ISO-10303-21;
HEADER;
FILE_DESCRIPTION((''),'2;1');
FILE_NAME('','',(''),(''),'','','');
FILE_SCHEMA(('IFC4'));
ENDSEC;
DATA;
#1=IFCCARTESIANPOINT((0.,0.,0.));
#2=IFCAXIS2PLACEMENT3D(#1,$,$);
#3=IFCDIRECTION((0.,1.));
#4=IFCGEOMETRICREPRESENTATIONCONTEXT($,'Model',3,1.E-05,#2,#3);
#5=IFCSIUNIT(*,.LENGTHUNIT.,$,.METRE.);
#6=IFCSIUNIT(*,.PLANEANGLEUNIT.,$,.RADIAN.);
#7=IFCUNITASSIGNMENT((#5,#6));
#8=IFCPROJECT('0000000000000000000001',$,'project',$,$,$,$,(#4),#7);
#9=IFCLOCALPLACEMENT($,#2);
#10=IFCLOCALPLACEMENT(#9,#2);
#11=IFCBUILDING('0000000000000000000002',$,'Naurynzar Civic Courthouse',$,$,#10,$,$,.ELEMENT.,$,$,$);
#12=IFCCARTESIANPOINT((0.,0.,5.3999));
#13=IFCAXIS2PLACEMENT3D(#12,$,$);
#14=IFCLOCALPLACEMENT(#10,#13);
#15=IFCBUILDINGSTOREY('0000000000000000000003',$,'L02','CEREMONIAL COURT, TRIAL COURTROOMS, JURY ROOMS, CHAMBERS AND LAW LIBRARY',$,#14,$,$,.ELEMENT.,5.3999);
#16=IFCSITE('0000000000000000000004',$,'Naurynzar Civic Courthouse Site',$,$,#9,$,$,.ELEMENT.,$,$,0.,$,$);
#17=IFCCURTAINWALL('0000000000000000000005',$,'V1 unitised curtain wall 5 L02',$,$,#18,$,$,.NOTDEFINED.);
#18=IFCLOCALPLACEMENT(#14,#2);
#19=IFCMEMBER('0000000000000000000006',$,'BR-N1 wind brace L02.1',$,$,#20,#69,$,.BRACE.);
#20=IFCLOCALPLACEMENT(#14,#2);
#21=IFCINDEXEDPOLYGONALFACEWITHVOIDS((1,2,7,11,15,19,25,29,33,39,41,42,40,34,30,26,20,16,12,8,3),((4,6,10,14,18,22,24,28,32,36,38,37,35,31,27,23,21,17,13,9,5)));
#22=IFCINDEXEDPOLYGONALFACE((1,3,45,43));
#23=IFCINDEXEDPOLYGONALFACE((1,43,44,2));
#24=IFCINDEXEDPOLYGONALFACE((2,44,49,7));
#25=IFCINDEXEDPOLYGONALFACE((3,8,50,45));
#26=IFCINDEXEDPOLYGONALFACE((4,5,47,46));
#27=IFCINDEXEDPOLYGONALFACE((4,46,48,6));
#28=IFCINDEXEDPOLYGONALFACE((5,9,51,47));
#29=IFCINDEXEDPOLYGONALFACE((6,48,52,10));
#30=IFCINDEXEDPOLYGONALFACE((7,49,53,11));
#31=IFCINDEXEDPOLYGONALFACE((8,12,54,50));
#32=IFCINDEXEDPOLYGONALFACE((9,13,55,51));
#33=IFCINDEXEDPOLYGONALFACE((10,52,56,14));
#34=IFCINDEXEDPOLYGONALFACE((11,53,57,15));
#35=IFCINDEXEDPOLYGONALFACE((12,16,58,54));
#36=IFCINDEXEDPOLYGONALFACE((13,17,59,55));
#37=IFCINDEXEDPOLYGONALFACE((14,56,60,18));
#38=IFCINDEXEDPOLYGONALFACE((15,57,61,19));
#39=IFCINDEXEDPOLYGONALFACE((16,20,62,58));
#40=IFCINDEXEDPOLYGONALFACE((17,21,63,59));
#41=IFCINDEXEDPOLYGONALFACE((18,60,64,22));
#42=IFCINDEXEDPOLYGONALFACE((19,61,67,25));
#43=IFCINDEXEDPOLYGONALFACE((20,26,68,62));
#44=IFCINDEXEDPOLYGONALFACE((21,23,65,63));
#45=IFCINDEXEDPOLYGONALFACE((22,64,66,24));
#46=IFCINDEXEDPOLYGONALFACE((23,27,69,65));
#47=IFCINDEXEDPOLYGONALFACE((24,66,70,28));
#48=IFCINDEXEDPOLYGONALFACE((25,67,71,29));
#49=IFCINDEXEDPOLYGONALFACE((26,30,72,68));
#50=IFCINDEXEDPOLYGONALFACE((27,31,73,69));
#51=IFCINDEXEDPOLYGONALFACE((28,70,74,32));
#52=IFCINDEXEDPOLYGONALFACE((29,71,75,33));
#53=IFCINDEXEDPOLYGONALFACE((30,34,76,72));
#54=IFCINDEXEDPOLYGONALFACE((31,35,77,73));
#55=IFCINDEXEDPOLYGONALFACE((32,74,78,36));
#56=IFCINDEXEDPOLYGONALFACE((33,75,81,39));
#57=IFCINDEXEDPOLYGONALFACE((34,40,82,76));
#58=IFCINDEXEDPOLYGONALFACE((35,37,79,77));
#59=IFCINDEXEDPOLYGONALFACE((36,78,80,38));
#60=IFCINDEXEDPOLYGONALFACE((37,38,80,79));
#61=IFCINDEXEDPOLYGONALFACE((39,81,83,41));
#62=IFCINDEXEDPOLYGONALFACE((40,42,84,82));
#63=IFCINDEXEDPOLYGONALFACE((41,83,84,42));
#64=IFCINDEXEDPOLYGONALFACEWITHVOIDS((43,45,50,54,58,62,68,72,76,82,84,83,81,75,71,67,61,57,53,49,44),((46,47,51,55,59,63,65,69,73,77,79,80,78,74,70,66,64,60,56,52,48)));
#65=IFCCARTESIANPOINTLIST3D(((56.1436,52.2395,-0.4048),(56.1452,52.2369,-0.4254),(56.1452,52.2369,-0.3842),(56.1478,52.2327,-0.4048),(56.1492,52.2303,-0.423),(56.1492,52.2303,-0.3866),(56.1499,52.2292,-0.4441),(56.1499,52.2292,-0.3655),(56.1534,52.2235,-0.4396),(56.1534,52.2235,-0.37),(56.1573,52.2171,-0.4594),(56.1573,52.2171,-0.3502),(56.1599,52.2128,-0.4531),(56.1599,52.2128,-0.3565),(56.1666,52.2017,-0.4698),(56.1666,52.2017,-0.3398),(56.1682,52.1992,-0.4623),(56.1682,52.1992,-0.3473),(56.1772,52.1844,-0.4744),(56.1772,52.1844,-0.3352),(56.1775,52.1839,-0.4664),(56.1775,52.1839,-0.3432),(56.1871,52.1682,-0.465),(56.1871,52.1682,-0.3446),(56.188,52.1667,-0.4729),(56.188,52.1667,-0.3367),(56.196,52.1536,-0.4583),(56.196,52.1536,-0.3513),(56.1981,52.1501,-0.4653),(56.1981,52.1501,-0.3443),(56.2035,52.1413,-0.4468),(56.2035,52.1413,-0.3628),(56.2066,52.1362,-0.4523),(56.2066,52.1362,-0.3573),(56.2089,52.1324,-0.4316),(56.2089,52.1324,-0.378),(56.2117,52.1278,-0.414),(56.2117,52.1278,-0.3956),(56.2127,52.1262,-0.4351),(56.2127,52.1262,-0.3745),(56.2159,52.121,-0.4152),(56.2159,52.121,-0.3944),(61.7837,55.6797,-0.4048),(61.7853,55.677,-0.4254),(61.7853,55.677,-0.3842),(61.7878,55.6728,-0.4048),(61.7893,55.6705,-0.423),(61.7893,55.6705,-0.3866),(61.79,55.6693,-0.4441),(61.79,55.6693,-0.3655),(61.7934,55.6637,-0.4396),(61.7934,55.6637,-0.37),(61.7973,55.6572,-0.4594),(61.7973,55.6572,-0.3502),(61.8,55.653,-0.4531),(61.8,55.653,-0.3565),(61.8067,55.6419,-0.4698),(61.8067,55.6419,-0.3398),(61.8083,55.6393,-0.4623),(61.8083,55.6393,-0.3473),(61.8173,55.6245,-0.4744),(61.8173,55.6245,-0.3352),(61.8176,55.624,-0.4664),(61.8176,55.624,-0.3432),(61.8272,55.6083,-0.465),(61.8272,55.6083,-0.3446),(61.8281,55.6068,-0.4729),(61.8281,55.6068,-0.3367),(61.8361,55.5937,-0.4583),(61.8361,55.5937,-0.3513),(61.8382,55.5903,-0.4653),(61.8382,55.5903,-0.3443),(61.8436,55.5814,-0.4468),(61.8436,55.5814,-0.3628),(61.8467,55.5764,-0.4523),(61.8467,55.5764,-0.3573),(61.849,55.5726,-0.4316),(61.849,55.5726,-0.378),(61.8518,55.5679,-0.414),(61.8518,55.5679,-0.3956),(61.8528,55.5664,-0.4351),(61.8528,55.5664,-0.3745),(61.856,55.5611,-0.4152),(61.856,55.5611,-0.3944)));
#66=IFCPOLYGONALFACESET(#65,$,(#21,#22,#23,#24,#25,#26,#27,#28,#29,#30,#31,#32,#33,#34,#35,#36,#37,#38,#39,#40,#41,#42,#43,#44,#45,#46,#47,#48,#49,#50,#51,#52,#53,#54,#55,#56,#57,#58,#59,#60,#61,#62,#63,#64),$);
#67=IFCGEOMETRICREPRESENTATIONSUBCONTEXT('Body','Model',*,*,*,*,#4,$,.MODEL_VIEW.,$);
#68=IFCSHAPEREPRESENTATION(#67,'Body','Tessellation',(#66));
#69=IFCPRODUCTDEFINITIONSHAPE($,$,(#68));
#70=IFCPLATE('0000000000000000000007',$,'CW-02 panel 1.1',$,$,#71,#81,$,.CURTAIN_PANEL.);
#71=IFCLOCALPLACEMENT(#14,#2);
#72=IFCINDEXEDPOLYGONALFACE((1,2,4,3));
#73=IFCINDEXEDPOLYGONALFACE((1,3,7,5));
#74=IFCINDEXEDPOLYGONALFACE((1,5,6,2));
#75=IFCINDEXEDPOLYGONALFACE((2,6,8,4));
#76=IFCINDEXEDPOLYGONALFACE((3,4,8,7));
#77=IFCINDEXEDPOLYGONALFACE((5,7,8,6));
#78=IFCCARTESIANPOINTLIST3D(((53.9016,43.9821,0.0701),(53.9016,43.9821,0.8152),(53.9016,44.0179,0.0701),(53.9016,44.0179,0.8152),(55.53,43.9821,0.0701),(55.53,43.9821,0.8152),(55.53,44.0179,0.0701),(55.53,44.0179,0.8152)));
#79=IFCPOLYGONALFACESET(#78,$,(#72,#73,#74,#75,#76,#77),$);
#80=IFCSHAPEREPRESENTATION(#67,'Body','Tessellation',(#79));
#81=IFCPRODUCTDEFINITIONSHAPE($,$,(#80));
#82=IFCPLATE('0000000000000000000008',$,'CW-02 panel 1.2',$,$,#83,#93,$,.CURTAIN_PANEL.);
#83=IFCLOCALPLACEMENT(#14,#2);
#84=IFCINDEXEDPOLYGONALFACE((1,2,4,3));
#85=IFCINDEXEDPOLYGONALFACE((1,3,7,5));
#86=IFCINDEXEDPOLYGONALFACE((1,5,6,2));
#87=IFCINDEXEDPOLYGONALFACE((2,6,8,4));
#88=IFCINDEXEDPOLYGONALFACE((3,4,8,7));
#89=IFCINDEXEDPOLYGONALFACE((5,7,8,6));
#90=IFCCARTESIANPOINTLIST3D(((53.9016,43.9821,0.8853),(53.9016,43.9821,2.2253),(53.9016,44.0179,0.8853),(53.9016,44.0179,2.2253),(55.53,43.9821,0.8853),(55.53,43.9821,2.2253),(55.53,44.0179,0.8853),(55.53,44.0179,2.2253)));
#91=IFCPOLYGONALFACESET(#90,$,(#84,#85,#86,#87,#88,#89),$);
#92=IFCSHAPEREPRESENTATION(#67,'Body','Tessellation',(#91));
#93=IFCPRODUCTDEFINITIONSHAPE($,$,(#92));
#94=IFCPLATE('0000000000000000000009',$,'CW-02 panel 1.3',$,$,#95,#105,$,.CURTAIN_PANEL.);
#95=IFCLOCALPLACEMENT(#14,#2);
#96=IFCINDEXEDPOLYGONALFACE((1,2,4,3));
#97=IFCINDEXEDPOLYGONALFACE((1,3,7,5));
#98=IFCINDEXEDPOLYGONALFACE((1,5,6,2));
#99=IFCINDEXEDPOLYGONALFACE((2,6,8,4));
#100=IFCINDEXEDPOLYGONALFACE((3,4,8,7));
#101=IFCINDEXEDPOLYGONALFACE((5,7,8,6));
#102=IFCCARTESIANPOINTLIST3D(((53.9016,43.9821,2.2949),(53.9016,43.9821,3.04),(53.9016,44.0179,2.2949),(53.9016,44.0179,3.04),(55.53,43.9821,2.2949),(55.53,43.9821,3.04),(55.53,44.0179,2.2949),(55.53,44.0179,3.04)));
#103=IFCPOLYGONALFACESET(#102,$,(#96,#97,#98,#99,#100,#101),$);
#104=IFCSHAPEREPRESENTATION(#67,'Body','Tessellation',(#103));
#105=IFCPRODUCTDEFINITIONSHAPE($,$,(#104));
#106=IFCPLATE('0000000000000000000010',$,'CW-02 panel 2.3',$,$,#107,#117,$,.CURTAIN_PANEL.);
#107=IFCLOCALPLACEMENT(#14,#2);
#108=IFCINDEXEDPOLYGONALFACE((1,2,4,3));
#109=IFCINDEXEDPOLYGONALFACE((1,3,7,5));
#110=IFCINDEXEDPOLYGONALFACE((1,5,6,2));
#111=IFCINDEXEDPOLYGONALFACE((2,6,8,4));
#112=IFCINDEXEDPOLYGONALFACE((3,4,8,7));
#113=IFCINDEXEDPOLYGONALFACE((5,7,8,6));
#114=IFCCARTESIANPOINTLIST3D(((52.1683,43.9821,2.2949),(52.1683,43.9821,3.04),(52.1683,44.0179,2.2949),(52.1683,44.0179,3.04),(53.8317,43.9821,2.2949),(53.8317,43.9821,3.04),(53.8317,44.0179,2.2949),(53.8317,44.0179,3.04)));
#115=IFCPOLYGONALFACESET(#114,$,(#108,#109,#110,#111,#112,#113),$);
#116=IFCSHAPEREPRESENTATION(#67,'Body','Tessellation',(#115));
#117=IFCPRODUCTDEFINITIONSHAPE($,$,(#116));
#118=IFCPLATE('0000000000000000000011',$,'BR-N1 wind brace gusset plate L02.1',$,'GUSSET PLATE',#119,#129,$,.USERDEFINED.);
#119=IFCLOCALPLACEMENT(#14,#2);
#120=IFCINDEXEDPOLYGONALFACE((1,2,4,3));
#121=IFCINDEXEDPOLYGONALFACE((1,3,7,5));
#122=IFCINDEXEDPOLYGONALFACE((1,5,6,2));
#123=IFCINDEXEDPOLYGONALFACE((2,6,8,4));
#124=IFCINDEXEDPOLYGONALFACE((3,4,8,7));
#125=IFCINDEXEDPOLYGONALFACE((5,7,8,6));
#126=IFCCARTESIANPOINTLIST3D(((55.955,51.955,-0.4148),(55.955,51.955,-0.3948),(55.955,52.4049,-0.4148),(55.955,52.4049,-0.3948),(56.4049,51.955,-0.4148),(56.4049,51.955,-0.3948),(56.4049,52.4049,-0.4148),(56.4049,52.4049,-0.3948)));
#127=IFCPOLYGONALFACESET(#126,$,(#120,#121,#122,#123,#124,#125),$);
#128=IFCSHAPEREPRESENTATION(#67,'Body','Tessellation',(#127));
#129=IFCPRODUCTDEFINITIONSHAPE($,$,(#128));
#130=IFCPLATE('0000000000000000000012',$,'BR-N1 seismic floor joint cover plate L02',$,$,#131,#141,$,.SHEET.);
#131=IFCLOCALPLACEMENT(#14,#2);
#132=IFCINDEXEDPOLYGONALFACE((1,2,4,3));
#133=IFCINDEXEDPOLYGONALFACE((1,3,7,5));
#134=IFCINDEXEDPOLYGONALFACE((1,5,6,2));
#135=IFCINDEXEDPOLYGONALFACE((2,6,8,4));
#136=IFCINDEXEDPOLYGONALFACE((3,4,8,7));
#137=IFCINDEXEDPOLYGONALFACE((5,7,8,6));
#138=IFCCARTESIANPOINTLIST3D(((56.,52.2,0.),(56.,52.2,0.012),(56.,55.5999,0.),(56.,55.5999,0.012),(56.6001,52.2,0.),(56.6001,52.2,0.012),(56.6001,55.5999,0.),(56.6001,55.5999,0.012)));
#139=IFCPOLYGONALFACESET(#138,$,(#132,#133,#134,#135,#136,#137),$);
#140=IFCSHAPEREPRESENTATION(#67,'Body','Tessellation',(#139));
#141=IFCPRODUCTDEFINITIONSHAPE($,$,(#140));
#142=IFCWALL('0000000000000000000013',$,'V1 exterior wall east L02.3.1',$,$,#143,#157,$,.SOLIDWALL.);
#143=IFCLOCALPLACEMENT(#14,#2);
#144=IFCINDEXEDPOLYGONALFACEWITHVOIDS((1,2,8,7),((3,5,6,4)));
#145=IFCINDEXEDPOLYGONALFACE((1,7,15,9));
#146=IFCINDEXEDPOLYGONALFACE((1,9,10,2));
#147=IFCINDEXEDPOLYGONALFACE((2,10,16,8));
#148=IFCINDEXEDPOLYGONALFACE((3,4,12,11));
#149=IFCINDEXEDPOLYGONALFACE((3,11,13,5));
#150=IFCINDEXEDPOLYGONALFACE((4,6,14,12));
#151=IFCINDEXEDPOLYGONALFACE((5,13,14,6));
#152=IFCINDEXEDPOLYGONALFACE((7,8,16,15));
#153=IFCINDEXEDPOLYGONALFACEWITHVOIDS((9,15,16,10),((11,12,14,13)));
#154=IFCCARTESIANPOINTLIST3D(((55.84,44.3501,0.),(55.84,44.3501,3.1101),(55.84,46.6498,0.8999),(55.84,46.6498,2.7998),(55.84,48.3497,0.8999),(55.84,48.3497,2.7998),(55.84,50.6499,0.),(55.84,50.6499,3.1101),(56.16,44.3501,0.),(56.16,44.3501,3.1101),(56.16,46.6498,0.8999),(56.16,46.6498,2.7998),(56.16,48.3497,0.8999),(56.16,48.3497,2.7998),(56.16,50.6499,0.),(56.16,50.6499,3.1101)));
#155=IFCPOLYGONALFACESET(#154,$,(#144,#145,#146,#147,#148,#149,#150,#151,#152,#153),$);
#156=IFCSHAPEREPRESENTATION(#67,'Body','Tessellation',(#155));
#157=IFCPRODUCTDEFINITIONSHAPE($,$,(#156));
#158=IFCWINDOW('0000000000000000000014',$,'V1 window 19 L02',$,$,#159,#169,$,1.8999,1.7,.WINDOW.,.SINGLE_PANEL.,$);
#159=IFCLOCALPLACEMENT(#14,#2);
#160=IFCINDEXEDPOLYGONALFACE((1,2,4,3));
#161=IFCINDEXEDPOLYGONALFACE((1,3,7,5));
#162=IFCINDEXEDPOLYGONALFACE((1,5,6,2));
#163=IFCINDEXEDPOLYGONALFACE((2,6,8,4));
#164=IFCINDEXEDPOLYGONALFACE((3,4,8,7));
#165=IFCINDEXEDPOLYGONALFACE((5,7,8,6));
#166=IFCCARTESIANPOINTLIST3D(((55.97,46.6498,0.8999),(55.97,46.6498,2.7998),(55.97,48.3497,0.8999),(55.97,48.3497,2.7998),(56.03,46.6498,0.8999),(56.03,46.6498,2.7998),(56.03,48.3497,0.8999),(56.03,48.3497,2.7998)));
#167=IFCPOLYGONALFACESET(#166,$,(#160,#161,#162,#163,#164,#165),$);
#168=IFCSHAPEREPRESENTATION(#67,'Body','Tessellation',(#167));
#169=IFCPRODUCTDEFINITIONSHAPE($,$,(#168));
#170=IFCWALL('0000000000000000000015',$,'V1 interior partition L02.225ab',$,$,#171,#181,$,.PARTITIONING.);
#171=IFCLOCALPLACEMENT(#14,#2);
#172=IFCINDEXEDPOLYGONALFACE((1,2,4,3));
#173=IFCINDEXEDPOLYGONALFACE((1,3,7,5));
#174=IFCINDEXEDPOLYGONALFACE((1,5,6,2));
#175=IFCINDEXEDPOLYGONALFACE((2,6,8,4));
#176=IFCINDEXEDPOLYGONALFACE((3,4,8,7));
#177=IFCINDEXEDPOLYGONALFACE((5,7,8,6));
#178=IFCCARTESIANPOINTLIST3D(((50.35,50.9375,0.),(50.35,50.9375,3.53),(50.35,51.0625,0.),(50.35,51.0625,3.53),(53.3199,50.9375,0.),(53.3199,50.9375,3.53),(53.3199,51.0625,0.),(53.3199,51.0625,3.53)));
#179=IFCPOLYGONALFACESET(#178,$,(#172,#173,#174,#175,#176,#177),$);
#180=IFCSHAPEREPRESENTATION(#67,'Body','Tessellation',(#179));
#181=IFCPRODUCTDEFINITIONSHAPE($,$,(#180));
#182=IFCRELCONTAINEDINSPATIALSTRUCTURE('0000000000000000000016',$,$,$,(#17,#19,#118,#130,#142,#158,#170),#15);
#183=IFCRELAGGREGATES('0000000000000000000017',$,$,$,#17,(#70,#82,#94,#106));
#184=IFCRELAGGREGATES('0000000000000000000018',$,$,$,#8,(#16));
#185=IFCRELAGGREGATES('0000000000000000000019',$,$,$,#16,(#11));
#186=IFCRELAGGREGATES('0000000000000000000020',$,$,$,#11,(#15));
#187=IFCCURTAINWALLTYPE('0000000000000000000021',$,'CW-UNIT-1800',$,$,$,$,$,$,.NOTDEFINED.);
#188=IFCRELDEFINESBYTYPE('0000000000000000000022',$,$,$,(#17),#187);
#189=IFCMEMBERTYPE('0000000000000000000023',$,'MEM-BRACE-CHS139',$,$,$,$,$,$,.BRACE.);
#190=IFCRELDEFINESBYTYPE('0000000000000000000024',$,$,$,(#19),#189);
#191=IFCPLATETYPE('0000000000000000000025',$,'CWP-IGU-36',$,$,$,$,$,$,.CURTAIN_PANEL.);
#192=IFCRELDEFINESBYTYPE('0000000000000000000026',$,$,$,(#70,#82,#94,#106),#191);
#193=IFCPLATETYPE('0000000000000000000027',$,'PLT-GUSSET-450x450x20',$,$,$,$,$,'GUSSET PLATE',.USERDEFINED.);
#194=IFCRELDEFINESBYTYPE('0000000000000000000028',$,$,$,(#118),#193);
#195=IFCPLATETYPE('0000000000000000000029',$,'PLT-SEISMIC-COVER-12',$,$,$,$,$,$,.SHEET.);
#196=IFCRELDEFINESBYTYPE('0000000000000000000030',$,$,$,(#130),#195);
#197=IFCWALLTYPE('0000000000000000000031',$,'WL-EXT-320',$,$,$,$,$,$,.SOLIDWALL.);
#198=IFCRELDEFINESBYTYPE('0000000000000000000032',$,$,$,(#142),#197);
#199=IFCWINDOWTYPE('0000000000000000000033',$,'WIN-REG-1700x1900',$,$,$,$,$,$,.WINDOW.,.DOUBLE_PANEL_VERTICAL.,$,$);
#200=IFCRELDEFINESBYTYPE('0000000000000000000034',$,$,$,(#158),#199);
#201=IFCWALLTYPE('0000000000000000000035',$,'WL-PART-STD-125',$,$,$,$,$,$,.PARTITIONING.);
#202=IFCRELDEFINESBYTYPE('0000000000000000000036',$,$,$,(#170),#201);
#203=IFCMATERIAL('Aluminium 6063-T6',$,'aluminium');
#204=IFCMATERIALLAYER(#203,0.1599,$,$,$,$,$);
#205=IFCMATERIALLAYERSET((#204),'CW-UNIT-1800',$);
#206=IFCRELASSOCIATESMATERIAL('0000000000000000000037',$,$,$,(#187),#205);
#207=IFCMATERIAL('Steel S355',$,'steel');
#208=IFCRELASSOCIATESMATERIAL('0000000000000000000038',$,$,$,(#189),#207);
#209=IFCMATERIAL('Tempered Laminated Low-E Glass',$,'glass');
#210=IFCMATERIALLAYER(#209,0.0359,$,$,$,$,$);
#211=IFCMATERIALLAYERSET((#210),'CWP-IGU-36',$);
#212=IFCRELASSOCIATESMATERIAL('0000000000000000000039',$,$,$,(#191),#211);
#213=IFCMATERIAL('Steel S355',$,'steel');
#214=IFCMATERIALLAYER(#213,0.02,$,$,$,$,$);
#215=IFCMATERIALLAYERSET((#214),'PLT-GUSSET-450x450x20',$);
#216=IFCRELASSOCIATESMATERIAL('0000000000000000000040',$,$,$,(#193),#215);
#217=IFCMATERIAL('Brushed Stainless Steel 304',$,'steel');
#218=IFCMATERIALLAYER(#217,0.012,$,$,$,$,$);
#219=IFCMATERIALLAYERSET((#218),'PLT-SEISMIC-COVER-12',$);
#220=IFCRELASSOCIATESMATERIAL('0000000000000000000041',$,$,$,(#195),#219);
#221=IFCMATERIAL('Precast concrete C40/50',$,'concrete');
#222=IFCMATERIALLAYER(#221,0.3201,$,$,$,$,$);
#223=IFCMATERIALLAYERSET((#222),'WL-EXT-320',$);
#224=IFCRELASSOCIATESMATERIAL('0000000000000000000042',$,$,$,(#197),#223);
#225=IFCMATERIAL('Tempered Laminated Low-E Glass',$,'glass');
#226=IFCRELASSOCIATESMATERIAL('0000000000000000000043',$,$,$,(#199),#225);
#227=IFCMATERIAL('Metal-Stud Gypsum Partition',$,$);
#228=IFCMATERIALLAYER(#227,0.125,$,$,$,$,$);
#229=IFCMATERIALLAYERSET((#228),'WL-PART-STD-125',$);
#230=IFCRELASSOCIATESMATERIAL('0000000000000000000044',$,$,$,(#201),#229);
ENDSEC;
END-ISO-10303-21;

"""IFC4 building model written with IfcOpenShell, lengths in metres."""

from ifc_helpers import new_model, si_unit, direction, frame, frame_2d, origin, origin_2d, place, context, subcontext, project, spatial, rectangle, hollow_circle, extrude, material, layer, layer_set, material_profile, profile_set, type_object, element, fill, aggregate, save


model = new_model("IFC4")

# Units and contexts
model_context = context("Model", 3, precision=1e-05, world=origin(), true_north=direction((0.0, 1.0)))
body_context = subcontext(model_context, "Body", "Model", "MODEL_VIEW")
ifc_project = project(units=[si_unit("LENGTHUNIT", "METRE"), si_unit("PLANEANGLEUNIT", "RADIAN")], contexts=[model_context])

# Site, building, storey
site_placement = place(None, origin())
site = spatial("IfcSite", under=ifc_project, at=site_placement, Name="Naurynzar Civic Courthouse Site", CompositionType="ELEMENT", RefElevation=0.0)
building_placement = place(site_placement, origin())
building = spatial("IfcBuilding", under=site, at=building_placement, Name="Naurynzar Civic Courthouse", CompositionType="ELEMENT")
storey_placement = place(building_placement, frame((0.0, 0.0, 5.3999)))
storey = spatial("IfcBuildingStorey", under=building, at=storey_placement, Name="L02", Description="CEREMONIAL COURT, TRIAL COURTROOMS, JURY ROOMS, CHAMBERS AND LAW LIBRARY", CompositionType="ELEMENT", Elevation=5.3999)

# Curtain wall
ifc_material_1 = material(Name="Aluminium 6063-T6", Category="aluminium")
ifc_layer_1 = layer(ifc_material_1, 0.1599)
ifc_layer_set_1 = layer_set([ifc_layer_1], Name="CW-UNIT-1800")
curtain_wall_type_1 = type_object("IfcCurtainWallType", Name="CW-UNIT-1800", PredefinedType="NOTDEFINED", material=ifc_layer_set_1)
curtain_wall_1_placement = place(storey_placement, origin())
curtain_wall_1 = element("IfcCurtainWall", 1, at=curtain_wall_1_placement, inside=storey, type_object=curtain_wall_type_1, Name="V1 unitised curtain wall 5 L02", PredefinedType="NOTDEFINED")

# Member
ifc_material_2 = material(Name="Steel S355", Category="steel")
ifc_material_profile_1 = material_profile(ifc_material_2, hollow_circle(Radius=0.0698, WallThickness=0.0081, at=origin_2d()), Name="CHS 139.7x8")
ifc_profile_set_1 = profile_set([ifc_material_profile_1], Name="Steel S355")
member_type_1 = type_object("IfcMemberType", Name="MEM-BRACE-CHS139", PredefinedType="BRACE", material=ifc_profile_set_1)
member_1_placement = place(storey_placement, frame((56.1799, 52.1799, -0.4048), z_axis=(0.853724, 0.520726, 0.0), x_axis=(-0.520726, 0.853724, 0.0)))
element("IfcMember", 2, at=member_1_placement, inside=storey, type_object=member_type_1, Name="BR-N1 wind brace L02.1", PredefinedType="BRACE", context=body_context, shape_type="SweptSolid", body=[
    extrude(hollow_circle(Radius=0.0698, WallThickness=0.0081, at=origin_2d()), origin(), (0.0, 0.0, 1.0), 6.6064),
])

# Plates
ifc_material_3 = material(Name="Tempered Laminated Low-E Glass", Category="glass")
ifc_layer_2 = layer(ifc_material_3, 0.0359)
ifc_layer_set_2 = layer_set([ifc_layer_2], Name="CWP-IGU-36")
plate_type_1 = type_object("IfcPlateType", Name="CWP-IGU-36", PredefinedType="CURTAIN_PANEL", material=ifc_layer_set_2)
plate_1_placement = place(storey_placement, frame((54.7158, 44.0, 0.0701), z_axis=(0.0, 0.0, 1.0), x_axis=(-1.0, 0.0, 0.0)))
plate_1 = element("IfcPlate", 3, at=plate_1_placement, type_object=plate_type_1, Name="CW-02 panel 1.1", PredefinedType="CURTAIN_PANEL", context=body_context, shape_type="SweptSolid", body=[
    extrude(rectangle(XDim=1.6284, YDim=0.0359, at=origin_2d()), origin(), (0.0, 0.0, 1.0), 0.7451),
])
plate_2_placement = place(storey_placement, frame((54.7158, 44.0, 0.8853), z_axis=(0.0, 0.0, 1.0), x_axis=(-1.0, 0.0, 0.0)))
plate_2 = element("IfcPlate", 4, at=plate_2_placement, type_object=plate_type_1, Name="CW-02 panel 1.2", PredefinedType="CURTAIN_PANEL", context=body_context, shape_type="SweptSolid", body=[
    extrude(rectangle(XDim=1.6284, YDim=0.0359, at=origin_2d()), origin(), (0.0, 0.0, 1.0), 1.3401),
])
plate_3_placement = place(storey_placement, frame((54.7158, 44.0, 2.2949), z_axis=(0.0, 0.0, 1.0), x_axis=(-1.0, 0.0, 0.0)))
plate_3 = element("IfcPlate", 5, at=plate_3_placement, type_object=plate_type_1, Name="CW-02 panel 1.3", PredefinedType="CURTAIN_PANEL", context=body_context, shape_type="SweptSolid", body=[
    extrude(rectangle(XDim=1.6284, YDim=0.0359, at=origin_2d()), origin(), (0.0, 0.0, 1.0), 0.7451),
])
plate_4_placement = place(storey_placement, frame((53.0, 44.0, 2.2949), z_axis=(0.0, 0.0, 1.0), x_axis=(-1.0, 0.0, 0.0)))
plate_4 = element("IfcPlate", 6, at=plate_4_placement, type_object=plate_type_1, Name="CW-02 panel 2.3", PredefinedType="CURTAIN_PANEL", context=body_context, shape_type="SweptSolid", body=[
    extrude(rectangle(XDim=1.6633, YDim=0.0359, at=origin_2d()), origin(), (0.0, 0.0, 1.0), 0.7451),
])
aggregate(curtain_wall_1, [plate_1, plate_2, plate_3, plate_4])

# Plates
ifc_material_4 = material(Name="Steel S355", Category="steel")
ifc_layer_3 = layer(ifc_material_4, 0.02)
ifc_layer_set_3 = layer_set([ifc_layer_3], Name="PLT-GUSSET-450x450x20")
plate_type_2 = type_object("IfcPlateType", Name="PLT-GUSSET-450x450x20", ElementType="GUSSET PLATE", PredefinedType="USERDEFINED", material=ifc_layer_set_3)
plate_5_placement = place(storey_placement, frame((56.1799, 52.1799, -0.4148), z_axis=(0.0, 0.0, 1.0), x_axis=(1.0, 0.0, 0.0)))
element("IfcPlate", 7, at=plate_5_placement, inside=storey, type_object=plate_type_2, Name="BR-N1 wind brace gusset plate L02.1", ObjectType="GUSSET PLATE", PredefinedType="USERDEFINED", context=body_context, shape_type="SweptSolid", body=[
    extrude(rectangle(XDim=0.45, YDim=0.45, at=origin_2d()), origin(), (0.0, 0.0, 1.0), 0.02),
])
ifc_material_5 = material(Name="Brushed Stainless Steel 304", Category="steel")
ifc_layer_4 = layer(ifc_material_5, 0.012)
ifc_layer_set_4 = layer_set([ifc_layer_4], Name="PLT-SEISMIC-COVER-12")
plate_type_3 = type_object("IfcPlateType", Name="PLT-SEISMIC-COVER-12", PredefinedType="SHEET", material=ifc_layer_set_4)
plate_6_placement = place(storey_placement, frame((56.3, 53.8999, 0.0), z_axis=(0.0, 0.0, 1.0), x_axis=(1.0, 0.0, 0.0)))
element("IfcPlate", 8, at=plate_6_placement, inside=storey, type_object=plate_type_3, Name="BR-N1 seismic floor joint cover plate L02", PredefinedType="SHEET", context=body_context, shape_type="SweptSolid", body=[
    extrude(rectangle(XDim=0.6001, YDim=3.3999, at=origin_2d()), origin(), (0.0, 0.0, 1.0), 0.012),
])

# Wall, opening, window
ifc_material_6 = material(Name="Precast concrete C40/50", Category="concrete")
ifc_layer_5 = layer(ifc_material_6, 0.3201)
ifc_layer_set_5 = layer_set([ifc_layer_5], Name="WL-EXT-320")
wall_type_1 = type_object("IfcWallType", Name="WL-EXT-320", PredefinedType="SOLIDWALL", material=ifc_layer_set_5)
wall_1_placement = place(storey_placement, frame((56.0, 50.6499, 0.0), z_axis=(0.0, 0.0, 1.0), x_axis=(0.0, -1.0, 0.0)))
wall_1 = element("IfcWall", 9, at=wall_1_placement, inside=storey, type_object=wall_type_1, Name="V1 exterior wall east L02.3.1", PredefinedType="SOLIDWALL", context=body_context, shape_type="SweptSolid", body=[
    extrude(rectangle(XDim=6.2998, YDim=0.3201, at=frame_2d((3.1499, 0.0))), origin(), (0.0, 0.0, 1.0), 3.1101),
])
opening_1_placement = place(wall_1_placement, frame((2.3, 0.0, 0.8999)))
opening_1 = element("IfcOpeningElement", 10, at=opening_1_placement, cuts=wall_1, PredefinedType="OPENING", context=body_context, shape_type="SweptSolid", body=[
    extrude(rectangle(XDim=1.7, YDim=1.8999, at=frame_2d((0.8501, 0.95))), frame((0.0, 0.1699, 0.0), z_axis=(0.0, -1.0, 0.0), x_axis=(1.0, 0.0, 0.0)), (0.0, 0.0, 1.0), 0.3401),
])
ifc_material_7 = material(Name="Tempered Laminated Low-E Glass", Category="glass")
window_type = type_object("IfcWindowType", Name="WIN-REG-1700x1900", PartitioningType="DOUBLE_PANEL_VERTICAL", PredefinedType="WINDOW", material=ifc_material_7)
window_placement = place(opening_1_placement, origin())
window = element("IfcWindow", 11, at=window_placement, inside=storey, type_object=window_type, Name="V1 window 19 L02", OverallHeight=1.8999, OverallWidth=1.7, PartitioningType="SINGLE_PANEL", PredefinedType="WINDOW", context=body_context, shape_type="SweptSolid", body=[
    extrude(rectangle(XDim=1.7, YDim=1.8999, at=frame_2d((0.8501, 0.95))), frame((0.0, 0.03, 0.0), z_axis=(0.0, -1.0, 0.0), x_axis=(1.0, 0.0, 0.0)), (0.0, 0.0, 1.0), 0.0601),
])
fill(opening_1, window)

# Wall
ifc_material_8 = material(Name="Metal-Stud Gypsum Partition")
ifc_layer_6 = layer(ifc_material_8, 0.125)
ifc_layer_set_6 = layer_set([ifc_layer_6], Name="WL-PART-STD-125")
wall_type_2 = type_object("IfcWallType", Name="WL-PART-STD-125", PredefinedType="PARTITIONING", material=ifc_layer_set_6)
wall_2_placement = place(storey_placement, frame((50.3501, 51.0, 0.0), z_axis=(0.0, 0.0, 1.0), x_axis=(1.0, 0.0, 0.0)))
element("IfcWall", 12, at=wall_2_placement, inside=storey, type_object=wall_type_2, Name="V1 interior partition L02.225ab", PredefinedType="PARTITIONING", context=body_context, shape_type="SweptSolid", body=[
    extrude(rectangle(XDim=2.97, YDim=0.125, at=frame_2d((1.4849, 0.0))), origin(), (0.0, 0.0, 1.0), 3.53),
])

save(model, "model.ifc")
